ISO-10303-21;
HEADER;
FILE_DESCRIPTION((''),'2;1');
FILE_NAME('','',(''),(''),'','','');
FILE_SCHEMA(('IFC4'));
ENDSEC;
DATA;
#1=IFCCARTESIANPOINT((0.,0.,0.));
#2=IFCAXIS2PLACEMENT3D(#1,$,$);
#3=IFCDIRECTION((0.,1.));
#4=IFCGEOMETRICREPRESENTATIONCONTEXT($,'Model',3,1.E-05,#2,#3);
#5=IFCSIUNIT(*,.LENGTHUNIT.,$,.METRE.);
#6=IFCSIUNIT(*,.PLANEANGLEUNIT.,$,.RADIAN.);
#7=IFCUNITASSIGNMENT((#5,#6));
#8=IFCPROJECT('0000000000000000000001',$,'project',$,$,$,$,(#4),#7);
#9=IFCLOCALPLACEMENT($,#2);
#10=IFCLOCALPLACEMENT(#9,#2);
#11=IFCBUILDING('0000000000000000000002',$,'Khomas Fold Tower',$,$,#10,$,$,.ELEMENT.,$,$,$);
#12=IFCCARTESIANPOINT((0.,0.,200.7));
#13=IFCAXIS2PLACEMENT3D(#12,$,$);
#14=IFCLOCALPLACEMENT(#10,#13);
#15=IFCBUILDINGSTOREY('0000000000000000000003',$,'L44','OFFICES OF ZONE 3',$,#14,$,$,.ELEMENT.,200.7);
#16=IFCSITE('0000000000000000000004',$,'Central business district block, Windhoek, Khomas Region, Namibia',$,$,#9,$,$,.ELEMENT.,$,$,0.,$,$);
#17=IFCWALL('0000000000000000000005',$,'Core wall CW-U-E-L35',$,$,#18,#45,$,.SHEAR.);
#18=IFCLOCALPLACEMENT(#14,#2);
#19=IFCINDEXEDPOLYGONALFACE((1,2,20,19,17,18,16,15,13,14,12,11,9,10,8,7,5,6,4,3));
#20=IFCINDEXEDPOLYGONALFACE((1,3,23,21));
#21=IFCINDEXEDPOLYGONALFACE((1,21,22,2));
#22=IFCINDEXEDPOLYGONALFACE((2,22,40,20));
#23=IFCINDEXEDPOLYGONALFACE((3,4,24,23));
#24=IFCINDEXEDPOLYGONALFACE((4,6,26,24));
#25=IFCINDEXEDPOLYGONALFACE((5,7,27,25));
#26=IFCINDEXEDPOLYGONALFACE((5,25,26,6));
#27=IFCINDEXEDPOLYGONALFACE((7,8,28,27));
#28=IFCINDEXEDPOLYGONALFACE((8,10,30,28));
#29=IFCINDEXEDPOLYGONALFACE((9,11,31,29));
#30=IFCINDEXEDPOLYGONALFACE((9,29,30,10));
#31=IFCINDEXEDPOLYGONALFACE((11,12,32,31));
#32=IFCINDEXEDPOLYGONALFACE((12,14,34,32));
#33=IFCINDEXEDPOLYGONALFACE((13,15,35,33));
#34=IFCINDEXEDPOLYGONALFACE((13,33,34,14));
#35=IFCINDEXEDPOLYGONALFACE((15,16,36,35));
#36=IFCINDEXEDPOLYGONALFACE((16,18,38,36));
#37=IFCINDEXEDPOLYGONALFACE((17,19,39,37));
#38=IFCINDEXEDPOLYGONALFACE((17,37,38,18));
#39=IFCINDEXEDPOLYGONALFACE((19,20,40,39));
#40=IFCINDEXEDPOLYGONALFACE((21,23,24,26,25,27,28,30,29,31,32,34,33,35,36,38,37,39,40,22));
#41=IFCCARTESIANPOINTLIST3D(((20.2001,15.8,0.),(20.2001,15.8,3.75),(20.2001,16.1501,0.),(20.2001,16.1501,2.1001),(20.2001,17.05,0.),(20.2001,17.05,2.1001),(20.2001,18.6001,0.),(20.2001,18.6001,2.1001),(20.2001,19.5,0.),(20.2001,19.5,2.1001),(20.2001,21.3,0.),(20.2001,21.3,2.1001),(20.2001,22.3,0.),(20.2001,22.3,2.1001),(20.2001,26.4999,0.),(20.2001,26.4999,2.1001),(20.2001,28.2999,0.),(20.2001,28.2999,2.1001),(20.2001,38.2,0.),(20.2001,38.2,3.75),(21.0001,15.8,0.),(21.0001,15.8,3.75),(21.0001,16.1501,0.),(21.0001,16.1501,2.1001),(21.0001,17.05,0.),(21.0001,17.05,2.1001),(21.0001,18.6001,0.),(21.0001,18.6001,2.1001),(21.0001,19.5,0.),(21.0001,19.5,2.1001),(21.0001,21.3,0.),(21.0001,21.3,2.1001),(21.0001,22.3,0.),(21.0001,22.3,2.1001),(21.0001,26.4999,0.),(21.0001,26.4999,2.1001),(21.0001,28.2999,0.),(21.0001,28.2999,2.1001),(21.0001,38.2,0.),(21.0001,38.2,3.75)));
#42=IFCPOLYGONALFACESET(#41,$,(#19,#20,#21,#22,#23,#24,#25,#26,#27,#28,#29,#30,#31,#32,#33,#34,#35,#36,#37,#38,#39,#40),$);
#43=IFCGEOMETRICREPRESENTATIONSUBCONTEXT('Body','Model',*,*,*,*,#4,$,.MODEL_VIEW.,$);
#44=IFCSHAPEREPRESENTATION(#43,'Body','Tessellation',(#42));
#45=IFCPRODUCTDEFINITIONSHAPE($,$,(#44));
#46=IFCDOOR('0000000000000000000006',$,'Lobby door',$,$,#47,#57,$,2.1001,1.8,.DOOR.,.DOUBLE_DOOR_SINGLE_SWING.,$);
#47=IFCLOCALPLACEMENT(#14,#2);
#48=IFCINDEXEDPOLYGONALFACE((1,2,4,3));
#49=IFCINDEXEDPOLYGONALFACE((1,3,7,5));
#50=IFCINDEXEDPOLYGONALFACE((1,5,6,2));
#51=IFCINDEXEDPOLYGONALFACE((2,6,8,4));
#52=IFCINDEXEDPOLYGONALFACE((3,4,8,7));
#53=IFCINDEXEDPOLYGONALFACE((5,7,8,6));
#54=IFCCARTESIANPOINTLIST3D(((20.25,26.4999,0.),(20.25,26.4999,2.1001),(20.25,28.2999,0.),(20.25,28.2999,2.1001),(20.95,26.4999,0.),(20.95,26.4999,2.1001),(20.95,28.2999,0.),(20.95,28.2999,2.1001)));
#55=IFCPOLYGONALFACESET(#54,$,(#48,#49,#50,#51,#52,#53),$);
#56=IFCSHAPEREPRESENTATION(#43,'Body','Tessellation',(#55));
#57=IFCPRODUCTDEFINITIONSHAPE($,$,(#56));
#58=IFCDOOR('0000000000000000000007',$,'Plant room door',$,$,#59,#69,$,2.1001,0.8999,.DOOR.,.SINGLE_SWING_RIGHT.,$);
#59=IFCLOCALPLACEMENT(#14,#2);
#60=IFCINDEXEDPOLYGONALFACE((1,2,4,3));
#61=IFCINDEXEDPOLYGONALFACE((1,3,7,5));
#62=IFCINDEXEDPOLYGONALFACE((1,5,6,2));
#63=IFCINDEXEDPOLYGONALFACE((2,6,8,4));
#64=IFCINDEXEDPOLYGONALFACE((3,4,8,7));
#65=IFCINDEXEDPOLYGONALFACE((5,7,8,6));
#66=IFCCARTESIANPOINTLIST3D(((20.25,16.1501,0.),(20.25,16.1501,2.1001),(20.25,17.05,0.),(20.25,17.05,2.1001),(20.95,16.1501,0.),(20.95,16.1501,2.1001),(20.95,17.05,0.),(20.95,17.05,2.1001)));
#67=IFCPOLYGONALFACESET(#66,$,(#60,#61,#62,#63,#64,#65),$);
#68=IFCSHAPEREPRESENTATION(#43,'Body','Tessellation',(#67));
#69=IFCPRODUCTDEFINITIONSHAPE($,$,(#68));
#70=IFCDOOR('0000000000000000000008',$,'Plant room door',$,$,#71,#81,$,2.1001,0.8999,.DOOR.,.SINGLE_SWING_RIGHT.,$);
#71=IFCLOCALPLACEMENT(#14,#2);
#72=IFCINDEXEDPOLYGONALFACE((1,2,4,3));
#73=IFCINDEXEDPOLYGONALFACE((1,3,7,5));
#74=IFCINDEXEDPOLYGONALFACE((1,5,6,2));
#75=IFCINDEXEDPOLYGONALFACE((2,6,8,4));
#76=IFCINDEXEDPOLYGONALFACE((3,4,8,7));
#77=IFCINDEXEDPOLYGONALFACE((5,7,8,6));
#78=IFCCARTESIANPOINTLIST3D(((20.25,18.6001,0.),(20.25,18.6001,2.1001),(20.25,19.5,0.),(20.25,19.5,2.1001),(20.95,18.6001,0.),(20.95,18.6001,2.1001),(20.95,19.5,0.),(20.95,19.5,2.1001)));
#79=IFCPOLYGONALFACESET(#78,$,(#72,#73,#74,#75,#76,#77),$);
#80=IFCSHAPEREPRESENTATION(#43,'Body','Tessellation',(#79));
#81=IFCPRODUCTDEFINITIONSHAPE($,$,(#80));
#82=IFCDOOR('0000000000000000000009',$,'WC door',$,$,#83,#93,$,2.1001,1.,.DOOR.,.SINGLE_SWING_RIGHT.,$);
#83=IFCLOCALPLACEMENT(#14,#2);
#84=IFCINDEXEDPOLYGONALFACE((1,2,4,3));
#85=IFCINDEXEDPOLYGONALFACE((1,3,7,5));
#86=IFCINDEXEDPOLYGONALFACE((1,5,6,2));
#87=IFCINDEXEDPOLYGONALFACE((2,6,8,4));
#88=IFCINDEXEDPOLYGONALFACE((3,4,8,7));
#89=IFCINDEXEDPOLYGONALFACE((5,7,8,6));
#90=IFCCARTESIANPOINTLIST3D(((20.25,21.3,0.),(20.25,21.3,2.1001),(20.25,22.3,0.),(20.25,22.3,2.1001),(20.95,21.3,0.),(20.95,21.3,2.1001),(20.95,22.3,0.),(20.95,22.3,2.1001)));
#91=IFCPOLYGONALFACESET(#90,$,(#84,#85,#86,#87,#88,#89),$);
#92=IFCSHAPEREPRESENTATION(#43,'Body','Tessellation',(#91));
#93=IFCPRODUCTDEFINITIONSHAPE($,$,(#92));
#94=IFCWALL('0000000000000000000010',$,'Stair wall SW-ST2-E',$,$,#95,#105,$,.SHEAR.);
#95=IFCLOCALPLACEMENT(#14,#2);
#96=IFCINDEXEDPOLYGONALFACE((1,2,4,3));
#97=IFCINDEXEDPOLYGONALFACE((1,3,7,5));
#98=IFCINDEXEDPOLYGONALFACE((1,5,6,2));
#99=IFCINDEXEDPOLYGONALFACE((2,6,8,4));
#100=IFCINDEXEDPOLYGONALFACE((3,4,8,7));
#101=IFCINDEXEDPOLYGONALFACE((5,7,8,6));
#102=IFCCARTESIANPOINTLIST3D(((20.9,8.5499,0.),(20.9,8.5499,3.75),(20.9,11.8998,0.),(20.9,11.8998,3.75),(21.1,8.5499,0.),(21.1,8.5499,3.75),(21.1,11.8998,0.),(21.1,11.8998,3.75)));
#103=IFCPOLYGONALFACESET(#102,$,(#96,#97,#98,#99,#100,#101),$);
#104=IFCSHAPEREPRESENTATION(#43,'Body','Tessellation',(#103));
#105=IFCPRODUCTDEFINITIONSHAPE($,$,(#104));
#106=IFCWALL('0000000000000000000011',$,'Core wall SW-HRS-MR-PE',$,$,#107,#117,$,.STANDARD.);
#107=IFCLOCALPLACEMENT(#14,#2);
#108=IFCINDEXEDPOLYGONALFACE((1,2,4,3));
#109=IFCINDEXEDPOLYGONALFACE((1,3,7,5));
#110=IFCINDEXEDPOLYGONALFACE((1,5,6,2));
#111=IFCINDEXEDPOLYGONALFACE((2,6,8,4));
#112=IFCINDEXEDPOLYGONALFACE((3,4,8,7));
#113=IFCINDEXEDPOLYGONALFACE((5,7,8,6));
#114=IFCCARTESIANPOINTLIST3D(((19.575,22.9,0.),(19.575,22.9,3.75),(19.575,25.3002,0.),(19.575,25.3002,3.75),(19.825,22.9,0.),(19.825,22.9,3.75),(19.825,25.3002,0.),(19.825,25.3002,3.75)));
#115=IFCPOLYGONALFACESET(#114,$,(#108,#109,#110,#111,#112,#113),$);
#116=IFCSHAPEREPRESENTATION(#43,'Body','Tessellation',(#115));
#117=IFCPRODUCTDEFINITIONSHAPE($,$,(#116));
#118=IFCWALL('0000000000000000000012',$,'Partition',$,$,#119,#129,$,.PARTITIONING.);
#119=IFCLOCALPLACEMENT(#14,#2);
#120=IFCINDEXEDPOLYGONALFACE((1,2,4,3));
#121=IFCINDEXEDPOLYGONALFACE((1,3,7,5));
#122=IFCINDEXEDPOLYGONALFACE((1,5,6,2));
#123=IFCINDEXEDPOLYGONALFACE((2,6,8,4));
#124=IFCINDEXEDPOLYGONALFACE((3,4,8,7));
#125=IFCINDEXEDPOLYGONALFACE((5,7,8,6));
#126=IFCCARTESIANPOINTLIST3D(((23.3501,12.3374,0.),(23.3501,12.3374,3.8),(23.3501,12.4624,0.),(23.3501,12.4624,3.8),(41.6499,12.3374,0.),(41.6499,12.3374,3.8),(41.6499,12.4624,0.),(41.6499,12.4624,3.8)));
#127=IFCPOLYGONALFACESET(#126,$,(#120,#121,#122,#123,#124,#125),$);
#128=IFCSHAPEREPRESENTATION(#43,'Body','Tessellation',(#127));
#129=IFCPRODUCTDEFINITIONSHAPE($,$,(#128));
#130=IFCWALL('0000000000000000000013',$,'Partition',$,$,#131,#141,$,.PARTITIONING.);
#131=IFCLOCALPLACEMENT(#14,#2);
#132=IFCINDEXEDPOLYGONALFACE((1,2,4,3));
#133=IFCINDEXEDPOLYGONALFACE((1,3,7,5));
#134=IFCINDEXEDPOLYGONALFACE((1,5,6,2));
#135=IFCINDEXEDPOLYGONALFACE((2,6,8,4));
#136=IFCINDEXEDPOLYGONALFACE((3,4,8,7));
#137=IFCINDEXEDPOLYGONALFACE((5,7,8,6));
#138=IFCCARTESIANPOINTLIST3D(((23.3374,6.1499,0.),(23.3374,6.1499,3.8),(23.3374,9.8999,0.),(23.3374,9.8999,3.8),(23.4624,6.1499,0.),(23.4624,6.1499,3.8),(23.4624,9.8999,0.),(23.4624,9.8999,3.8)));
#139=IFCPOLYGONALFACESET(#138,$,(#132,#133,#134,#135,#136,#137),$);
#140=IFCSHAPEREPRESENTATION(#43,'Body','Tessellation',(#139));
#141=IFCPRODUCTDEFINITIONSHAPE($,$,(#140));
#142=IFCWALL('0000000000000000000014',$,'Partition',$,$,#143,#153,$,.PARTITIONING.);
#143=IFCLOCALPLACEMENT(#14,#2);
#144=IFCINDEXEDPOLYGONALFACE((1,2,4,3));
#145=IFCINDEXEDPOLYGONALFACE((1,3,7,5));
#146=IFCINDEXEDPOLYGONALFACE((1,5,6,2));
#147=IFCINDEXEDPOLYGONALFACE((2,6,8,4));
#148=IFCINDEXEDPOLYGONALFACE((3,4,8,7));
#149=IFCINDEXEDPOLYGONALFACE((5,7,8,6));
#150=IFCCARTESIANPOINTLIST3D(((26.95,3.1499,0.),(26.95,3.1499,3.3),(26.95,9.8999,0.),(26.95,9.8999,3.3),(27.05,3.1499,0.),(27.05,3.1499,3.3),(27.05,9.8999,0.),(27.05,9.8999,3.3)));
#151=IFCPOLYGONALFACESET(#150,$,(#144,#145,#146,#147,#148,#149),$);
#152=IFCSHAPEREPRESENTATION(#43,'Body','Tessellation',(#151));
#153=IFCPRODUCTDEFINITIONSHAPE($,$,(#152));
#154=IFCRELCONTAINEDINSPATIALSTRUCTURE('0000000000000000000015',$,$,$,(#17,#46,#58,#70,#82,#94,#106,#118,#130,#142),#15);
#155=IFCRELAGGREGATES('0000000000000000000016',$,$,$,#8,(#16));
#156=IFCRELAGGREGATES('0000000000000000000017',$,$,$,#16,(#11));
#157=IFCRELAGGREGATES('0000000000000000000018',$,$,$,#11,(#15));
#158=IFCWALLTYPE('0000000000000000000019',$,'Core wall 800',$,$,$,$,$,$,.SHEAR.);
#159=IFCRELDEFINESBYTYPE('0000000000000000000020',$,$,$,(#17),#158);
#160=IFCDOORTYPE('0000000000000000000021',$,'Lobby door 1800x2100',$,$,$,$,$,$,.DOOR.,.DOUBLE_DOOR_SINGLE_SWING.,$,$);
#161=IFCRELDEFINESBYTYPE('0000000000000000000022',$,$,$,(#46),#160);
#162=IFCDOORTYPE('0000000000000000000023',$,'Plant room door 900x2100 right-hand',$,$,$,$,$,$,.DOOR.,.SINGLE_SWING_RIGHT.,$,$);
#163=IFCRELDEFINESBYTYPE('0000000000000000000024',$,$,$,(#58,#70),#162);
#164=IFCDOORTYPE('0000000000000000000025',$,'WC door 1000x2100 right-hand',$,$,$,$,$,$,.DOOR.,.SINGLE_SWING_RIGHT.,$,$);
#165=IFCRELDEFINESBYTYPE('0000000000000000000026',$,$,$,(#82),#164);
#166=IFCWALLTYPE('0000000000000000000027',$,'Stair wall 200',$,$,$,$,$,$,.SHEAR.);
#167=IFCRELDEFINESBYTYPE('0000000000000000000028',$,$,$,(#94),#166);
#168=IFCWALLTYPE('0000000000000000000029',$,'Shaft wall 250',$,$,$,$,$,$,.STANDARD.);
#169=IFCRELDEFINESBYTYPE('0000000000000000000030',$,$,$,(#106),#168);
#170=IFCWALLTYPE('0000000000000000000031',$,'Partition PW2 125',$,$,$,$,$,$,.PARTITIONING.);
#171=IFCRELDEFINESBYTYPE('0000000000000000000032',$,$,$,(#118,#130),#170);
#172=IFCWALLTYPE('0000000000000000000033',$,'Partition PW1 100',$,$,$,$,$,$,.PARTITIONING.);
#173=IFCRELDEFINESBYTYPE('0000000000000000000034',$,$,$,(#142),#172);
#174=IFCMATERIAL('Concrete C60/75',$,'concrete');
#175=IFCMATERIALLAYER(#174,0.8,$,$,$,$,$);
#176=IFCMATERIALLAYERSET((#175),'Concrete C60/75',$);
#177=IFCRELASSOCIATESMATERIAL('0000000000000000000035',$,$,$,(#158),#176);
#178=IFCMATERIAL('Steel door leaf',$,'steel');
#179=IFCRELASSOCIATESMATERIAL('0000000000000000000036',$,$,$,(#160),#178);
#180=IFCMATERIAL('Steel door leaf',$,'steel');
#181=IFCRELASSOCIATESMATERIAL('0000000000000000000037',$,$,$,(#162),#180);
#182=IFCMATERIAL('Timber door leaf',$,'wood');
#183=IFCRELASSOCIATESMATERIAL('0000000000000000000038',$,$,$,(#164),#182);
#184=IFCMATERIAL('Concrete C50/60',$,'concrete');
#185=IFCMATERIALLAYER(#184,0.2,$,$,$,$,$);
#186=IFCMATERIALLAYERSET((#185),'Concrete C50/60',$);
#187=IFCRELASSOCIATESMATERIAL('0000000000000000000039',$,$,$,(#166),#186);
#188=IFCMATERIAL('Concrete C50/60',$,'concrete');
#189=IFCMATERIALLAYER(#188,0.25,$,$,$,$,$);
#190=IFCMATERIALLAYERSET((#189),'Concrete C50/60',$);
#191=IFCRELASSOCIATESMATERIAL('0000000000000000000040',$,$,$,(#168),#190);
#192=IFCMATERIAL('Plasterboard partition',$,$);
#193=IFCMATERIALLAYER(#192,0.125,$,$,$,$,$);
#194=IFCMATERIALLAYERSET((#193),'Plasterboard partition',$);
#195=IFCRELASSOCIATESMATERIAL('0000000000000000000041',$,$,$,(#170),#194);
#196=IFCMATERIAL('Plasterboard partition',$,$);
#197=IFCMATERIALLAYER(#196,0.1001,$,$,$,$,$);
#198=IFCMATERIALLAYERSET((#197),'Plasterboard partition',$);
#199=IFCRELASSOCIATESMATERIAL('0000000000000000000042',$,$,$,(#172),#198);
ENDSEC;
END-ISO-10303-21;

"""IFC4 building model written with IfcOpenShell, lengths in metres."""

from ifc_helpers import new_model, si_unit, direction, frame, frame_2d, origin, place, context, subcontext, project, spatial, rectangle, extrude, source, transform, mapped, material, layer, layer_set, type_object, element, fill, save


model = new_model("IFC4")

# Units and contexts
model_context = context("Model", 3, precision=1e-05, world=origin(), true_north=direction((0.0, 1.0)))
body_context = subcontext(model_context, "Body", "Model", "MODEL_VIEW")
ifc_project = project(units=[si_unit("LENGTHUNIT", "METRE"), si_unit("PLANEANGLEUNIT", "RADIAN")], contexts=[model_context])

# Site, building, storey
site_placement = place(None, origin())
site = spatial("IfcSite", under=ifc_project, at=site_placement, Name="Central business district block, Windhoek, Khomas Region, Namibia", CompositionType="ELEMENT", RefElevation=0.0)
building_placement = place(site_placement, origin())
building = spatial("IfcBuilding", under=site, at=building_placement, Name="Khomas Fold Tower", CompositionType="ELEMENT")
storey_placement = place(building_placement, frame((0.0, 0.0, 200.7)))
storey = spatial("IfcBuildingStorey", under=building, at=storey_placement, Name="L44", Description="OFFICES OF ZONE 3", CompositionType="ELEMENT", Elevation=200.7)

# Wall, openings, doors
ifc_material_1 = material(Name="Concrete C60/75", Category="concrete")
ifc_layer_1 = layer(ifc_material_1, 0.8)
ifc_layer_set_1 = layer_set([ifc_layer_1], Name="Concrete C60/75")
wall_type_1 = type_object("IfcWallType", Name="Core wall 800", PredefinedType="SHEAR", material=ifc_layer_set_1)
shared_shape_1 = source(origin(), body_context, "Body", "SweptSolid", [
    extrude(rectangle(XDim=22.3999, YDim=0.8, at=frame_2d((11.2, 0.0))), origin(), (0.0, 0.0, 1.0), 3.75),
])
wall_1_placement = place(storey_placement, frame((20.6001, 15.8, 0.0), z_axis=(0.0, 0.0, 1.0), x_axis=(0.0, 1.0, 0.0)))
wall_1 = element("IfcWall", 1, at=wall_1_placement, inside=storey, type_object=wall_type_1, Name="Core wall CW-U-E-L35", PredefinedType="SHEAR", context=body_context, shape_type="MappedRepresentation", body=[
    mapped(shared_shape_1, transform((0.0, 0.0, 0.0))),
])
shared_shape_2 = source(origin(), body_context, "Body", "SweptSolid", [
    extrude(rectangle(XDim=1.8, YDim=2.1001, at=frame_2d((0.8999, 1.05))), frame((0.0, 0.4099, 0.0), z_axis=(0.0, -1.0, 0.0), x_axis=(1.0, 0.0, 0.0)), (0.0, 0.0, 1.0), 0.8201),
])
opening_1_placement = place(wall_1_placement, frame((10.7, 0.0, 0.0)))
opening_1 = element("IfcOpeningElement", 2, at=opening_1_placement, cuts=wall_1, PredefinedType="OPENING", context=body_context, shape_type="MappedRepresentation", body=[
    mapped(shared_shape_2, transform((0.0, 0.0, 0.0))),
])
shared_shape_3 = source(origin(), body_context, "Body", "SweptSolid", [
    extrude(rectangle(XDim=0.8999, YDim=2.1001, at=frame_2d((0.45, 1.05))), frame((0.0, 0.4099, 0.0), z_axis=(0.0, -1.0, 0.0), x_axis=(1.0, 0.0, 0.0)), (0.0, 0.0, 1.0), 0.8201),
])
opening_2_placement = place(wall_1_placement, frame((0.3501, 0.0, 0.0)))
opening_2 = element("IfcOpeningElement", 3, at=opening_2_placement, cuts=wall_1, PredefinedType="OPENING", context=body_context, shape_type="MappedRepresentation", body=[
    mapped(shared_shape_3, transform((0.0, 0.0, 0.0))),
])
opening_3_placement = place(wall_1_placement, frame((2.8, 0.0, 0.0)))
opening_3 = element("IfcOpeningElement", 4, at=opening_3_placement, cuts=wall_1, PredefinedType="OPENING", context=body_context, shape_type="MappedRepresentation", body=[
    mapped(shared_shape_3, transform((0.0, 0.0, 0.0))),
])
shared_shape_4 = source(origin(), body_context, "Body", "SweptSolid", [
    extrude(rectangle(XDim=1.0, YDim=2.1001, at=frame_2d((0.5, 1.05))), frame((0.0, 0.4099, 0.0), z_axis=(0.0, -1.0, 0.0), x_axis=(1.0, 0.0, 0.0)), (0.0, 0.0, 1.0), 0.8201),
])
opening_4_placement = place(wall_1_placement, frame((5.5, 0.0, 0.0)))
opening_4 = element("IfcOpeningElement", 5, at=opening_4_placement, cuts=wall_1, PredefinedType="OPENING", context=body_context, shape_type="MappedRepresentation", body=[
    mapped(shared_shape_4, transform((0.0, 0.0, 0.0))),
])
ifc_material_2 = material(Name="Steel door leaf", Category="steel")
door_type_1 = type_object("IfcDoorType", Name="Lobby door 1800x2100", OperationType="DOUBLE_DOOR_SINGLE_SWING", PredefinedType="DOOR", material=ifc_material_2)
shared_shape_5 = source(origin(), body_context, "Body", "SweptSolid", [
    extrude(rectangle(XDim=1.8, YDim=2.1001, at=frame_2d((0.8999, 1.05))), frame((0.0, 0.3501, 0.0), z_axis=(0.0, -1.0, 0.0), x_axis=(1.0, 0.0, 0.0)), (0.0, 0.0, 1.0), 0.7),
])
door_1_placement = place(opening_1_placement, origin())
door_1 = element("IfcDoor", 6, at=door_1_placement, inside=storey, type_object=door_type_1, Name="Lobby door", OperationType="DOUBLE_DOOR_SINGLE_SWING", OverallHeight=2.1001, OverallWidth=1.8, PredefinedType="DOOR", context=body_context, shape_type="MappedRepresentation", body=[
    mapped(shared_shape_5, transform((0.0, 0.0, 0.0))),
])
fill(opening_1, door_1)
ifc_material_3 = material(Name="Steel door leaf", Category="steel")
door_type_2 = type_object("IfcDoorType", Name="Plant room door 900x2100 right-hand", OperationType="SINGLE_SWING_RIGHT", PredefinedType="DOOR", material=ifc_material_3)
shared_shape_6 = source(origin(), body_context, "Body", "SweptSolid", [
    extrude(rectangle(XDim=0.8999, YDim=2.1001, at=frame_2d((0.45, 1.05))), frame((0.0, 0.3501, 0.0), z_axis=(0.0, -1.0, 0.0), x_axis=(1.0, 0.0, 0.0)), (0.0, 0.0, 1.0), 0.7),
])
door_2_placement = place(opening_2_placement, origin())
door_2 = element("IfcDoor", 7, at=door_2_placement, inside=storey, type_object=door_type_2, Name="Plant room door", OperationType="SINGLE_SWING_RIGHT", OverallHeight=2.1001, OverallWidth=0.8999, PredefinedType="DOOR", context=body_context, shape_type="MappedRepresentation", body=[
    mapped(shared_shape_6, transform((0.0, 0.0, 0.0))),
])
fill(opening_2, door_2)
door_3_placement = place(opening_3_placement, origin())
door_3 = element("IfcDoor", 8, at=door_3_placement, inside=storey, type_object=door_type_2, Name="Plant room door", OperationType="SINGLE_SWING_RIGHT", OverallHeight=2.1001, OverallWidth=0.8999, PredefinedType="DOOR", context=body_context, shape_type="MappedRepresentation", body=[
    mapped(shared_shape_6, transform((0.0, 0.0, 0.0))),
])
fill(opening_3, door_3)
ifc_material_4 = material(Name="Timber door leaf", Category="wood")
door_type_3 = type_object("IfcDoorType", Name="WC door 1000x2100 right-hand", OperationType="SINGLE_SWING_RIGHT", PredefinedType="DOOR", material=ifc_material_4)
shared_shape_7 = source(origin(), body_context, "Body", "SweptSolid", [
    extrude(rectangle(XDim=1.0, YDim=2.1001, at=frame_2d((0.5, 1.05))), frame((0.0, 0.3501, 0.0), z_axis=(0.0, -1.0, 0.0), x_axis=(1.0, 0.0, 0.0)), (0.0, 0.0, 1.0), 0.7),
])
door_4_placement = place(opening_4_placement, origin())
door_4 = element("IfcDoor", 9, at=door_4_placement, inside=storey, type_object=door_type_3, Name="WC door", OperationType="SINGLE_SWING_RIGHT", OverallHeight=2.1001, OverallWidth=1.0, PredefinedType="DOOR", context=body_context, shape_type="MappedRepresentation", body=[
    mapped(shared_shape_7, transform((0.0, 0.0, 0.0))),
])
fill(opening_4, door_4)

# Walls
ifc_material_5 = material(Name="Concrete C50/60", Category="concrete")
ifc_layer_2 = layer(ifc_material_5, 0.2)
ifc_layer_set_2 = layer_set([ifc_layer_2], Name="Concrete C50/60")
wall_type_2 = type_object("IfcWallType", Name="Stair wall 200", PredefinedType="SHEAR", material=ifc_layer_set_2)
shared_shape_8 = source(origin(), body_context, "Body", "SweptSolid", [
    extrude(rectangle(XDim=3.3499, YDim=0.2, at=frame_2d((1.6748, 0.0))), origin(), (0.0, 0.0, 1.0), 3.75),
])
wall_2_placement = place(storey_placement, frame((21.0, 8.55, 0.0), z_axis=(0.0, 0.0, 1.0), x_axis=(0.0, 1.0, 0.0)))
element("IfcWall", 10, at=wall_2_placement, inside=storey, type_object=wall_type_2, Name="Stair wall SW-ST2-E", PredefinedType="SHEAR", context=body_context, shape_type="MappedRepresentation", body=[
    mapped(shared_shape_8, transform((0.0, 0.0, 0.0))),
])
ifc_material_6 = material(Name="Concrete C50/60", Category="concrete")
ifc_layer_3 = layer(ifc_material_6, 0.25)
ifc_layer_set_3 = layer_set([ifc_layer_3], Name="Concrete C50/60")
wall_type_3 = type_object("IfcWallType", Name="Shaft wall 250", PredefinedType="STANDARD", material=ifc_layer_set_3)
shared_shape_9 = source(origin(), body_context, "Body", "SweptSolid", [
    extrude(rectangle(XDim=2.4001, YDim=0.25, at=frame_2d((1.2002, 0.0))), origin(), (0.0, 0.0, 1.0), 3.75),
])
wall_3_placement = place(storey_placement, frame((19.7, 22.8999, 0.0), z_axis=(0.0, 0.0, 1.0), x_axis=(0.0, 1.0, 0.0)))
element("IfcWall", 11, at=wall_3_placement, inside=storey, type_object=wall_type_3, Name="Core wall SW-HRS-MR-PE", PredefinedType="STANDARD", context=body_context, shape_type="MappedRepresentation", body=[
    mapped(shared_shape_9, transform((0.0, 0.0, 0.0))),
])
ifc_material_7 = material(Name="Plasterboard partition")
ifc_layer_4 = layer(ifc_material_7, 0.125)
ifc_layer_set_4 = layer_set([ifc_layer_4], Name="Plasterboard partition")
wall_type_4 = type_object("IfcWallType", Name="Partition PW2 125", PredefinedType="PARTITIONING", material=ifc_layer_set_4)
shared_shape_10 = source(origin(), body_context, "Body", "SweptSolid", [
    extrude(rectangle(XDim=18.2998, YDim=0.125, at=frame_2d((9.1499, 0.0))), origin(), (0.0, 0.0, 1.0), 3.8),
])
wall_4_placement = place(storey_placement, frame((23.3501, 12.3999, 0.0), z_axis=(0.0, 0.0, 1.0), x_axis=(1.0, 0.0, 0.0)))
element("IfcWall", 12, at=wall_4_placement, inside=storey, type_object=wall_type_4, Name="Partition", PredefinedType="PARTITIONING", context=body_context, shape_type="MappedRepresentation", body=[
    mapped(shared_shape_10, transform((0.0, 0.0, 0.0))),
])
shared_shape_11 = source(origin(), body_context, "Body", "SweptSolid", [
    extrude(rectangle(XDim=3.75, YDim=0.125, at=frame_2d((1.875, 0.0))), origin(), (0.0, 0.0, 1.0), 3.8),
])
wall_5_placement = place(storey_placement, frame((23.3999, 6.1499, 0.0), z_axis=(0.0, 0.0, 1.0), x_axis=(0.0, 1.0, 0.0)))
element("IfcWall", 13, at=wall_5_placement, inside=storey, type_object=wall_type_4, Name="Partition", PredefinedType="PARTITIONING", context=body_context, shape_type="MappedRepresentation", body=[
    mapped(shared_shape_11, transform((0.0, 0.0, 0.0))),
])
ifc_material_8 = material(Name="Plasterboard partition")
ifc_layer_5 = layer(ifc_material_8, 0.1001)
ifc_layer_set_5 = layer_set([ifc_layer_5], Name="Plasterboard partition")
wall_type_5 = type_object("IfcWallType", Name="Partition PW1 100", PredefinedType="PARTITIONING", material=ifc_layer_set_5)
shared_shape_12 = source(origin(), body_context, "Body", "SweptSolid", [
    extrude(rectangle(XDim=6.75, YDim=0.1001, at=frame_2d((3.375, 0.0))), origin(), (0.0, 0.0, 1.0), 3.3),
])
wall_6_placement = place(storey_placement, frame((27.0, 3.1499, 0.0), z_axis=(0.0, 0.0, 1.0), x_axis=(0.0, 1.0, 0.0)))
element("IfcWall", 14, at=wall_6_placement, inside=storey, type_object=wall_type_5, Name="Partition", PredefinedType="PARTITIONING", context=body_context, shape_type="MappedRepresentation", body=[
    mapped(shared_shape_12, transform((0.0, 0.0, 0.0))),
])

save(model, "model.ifc")
